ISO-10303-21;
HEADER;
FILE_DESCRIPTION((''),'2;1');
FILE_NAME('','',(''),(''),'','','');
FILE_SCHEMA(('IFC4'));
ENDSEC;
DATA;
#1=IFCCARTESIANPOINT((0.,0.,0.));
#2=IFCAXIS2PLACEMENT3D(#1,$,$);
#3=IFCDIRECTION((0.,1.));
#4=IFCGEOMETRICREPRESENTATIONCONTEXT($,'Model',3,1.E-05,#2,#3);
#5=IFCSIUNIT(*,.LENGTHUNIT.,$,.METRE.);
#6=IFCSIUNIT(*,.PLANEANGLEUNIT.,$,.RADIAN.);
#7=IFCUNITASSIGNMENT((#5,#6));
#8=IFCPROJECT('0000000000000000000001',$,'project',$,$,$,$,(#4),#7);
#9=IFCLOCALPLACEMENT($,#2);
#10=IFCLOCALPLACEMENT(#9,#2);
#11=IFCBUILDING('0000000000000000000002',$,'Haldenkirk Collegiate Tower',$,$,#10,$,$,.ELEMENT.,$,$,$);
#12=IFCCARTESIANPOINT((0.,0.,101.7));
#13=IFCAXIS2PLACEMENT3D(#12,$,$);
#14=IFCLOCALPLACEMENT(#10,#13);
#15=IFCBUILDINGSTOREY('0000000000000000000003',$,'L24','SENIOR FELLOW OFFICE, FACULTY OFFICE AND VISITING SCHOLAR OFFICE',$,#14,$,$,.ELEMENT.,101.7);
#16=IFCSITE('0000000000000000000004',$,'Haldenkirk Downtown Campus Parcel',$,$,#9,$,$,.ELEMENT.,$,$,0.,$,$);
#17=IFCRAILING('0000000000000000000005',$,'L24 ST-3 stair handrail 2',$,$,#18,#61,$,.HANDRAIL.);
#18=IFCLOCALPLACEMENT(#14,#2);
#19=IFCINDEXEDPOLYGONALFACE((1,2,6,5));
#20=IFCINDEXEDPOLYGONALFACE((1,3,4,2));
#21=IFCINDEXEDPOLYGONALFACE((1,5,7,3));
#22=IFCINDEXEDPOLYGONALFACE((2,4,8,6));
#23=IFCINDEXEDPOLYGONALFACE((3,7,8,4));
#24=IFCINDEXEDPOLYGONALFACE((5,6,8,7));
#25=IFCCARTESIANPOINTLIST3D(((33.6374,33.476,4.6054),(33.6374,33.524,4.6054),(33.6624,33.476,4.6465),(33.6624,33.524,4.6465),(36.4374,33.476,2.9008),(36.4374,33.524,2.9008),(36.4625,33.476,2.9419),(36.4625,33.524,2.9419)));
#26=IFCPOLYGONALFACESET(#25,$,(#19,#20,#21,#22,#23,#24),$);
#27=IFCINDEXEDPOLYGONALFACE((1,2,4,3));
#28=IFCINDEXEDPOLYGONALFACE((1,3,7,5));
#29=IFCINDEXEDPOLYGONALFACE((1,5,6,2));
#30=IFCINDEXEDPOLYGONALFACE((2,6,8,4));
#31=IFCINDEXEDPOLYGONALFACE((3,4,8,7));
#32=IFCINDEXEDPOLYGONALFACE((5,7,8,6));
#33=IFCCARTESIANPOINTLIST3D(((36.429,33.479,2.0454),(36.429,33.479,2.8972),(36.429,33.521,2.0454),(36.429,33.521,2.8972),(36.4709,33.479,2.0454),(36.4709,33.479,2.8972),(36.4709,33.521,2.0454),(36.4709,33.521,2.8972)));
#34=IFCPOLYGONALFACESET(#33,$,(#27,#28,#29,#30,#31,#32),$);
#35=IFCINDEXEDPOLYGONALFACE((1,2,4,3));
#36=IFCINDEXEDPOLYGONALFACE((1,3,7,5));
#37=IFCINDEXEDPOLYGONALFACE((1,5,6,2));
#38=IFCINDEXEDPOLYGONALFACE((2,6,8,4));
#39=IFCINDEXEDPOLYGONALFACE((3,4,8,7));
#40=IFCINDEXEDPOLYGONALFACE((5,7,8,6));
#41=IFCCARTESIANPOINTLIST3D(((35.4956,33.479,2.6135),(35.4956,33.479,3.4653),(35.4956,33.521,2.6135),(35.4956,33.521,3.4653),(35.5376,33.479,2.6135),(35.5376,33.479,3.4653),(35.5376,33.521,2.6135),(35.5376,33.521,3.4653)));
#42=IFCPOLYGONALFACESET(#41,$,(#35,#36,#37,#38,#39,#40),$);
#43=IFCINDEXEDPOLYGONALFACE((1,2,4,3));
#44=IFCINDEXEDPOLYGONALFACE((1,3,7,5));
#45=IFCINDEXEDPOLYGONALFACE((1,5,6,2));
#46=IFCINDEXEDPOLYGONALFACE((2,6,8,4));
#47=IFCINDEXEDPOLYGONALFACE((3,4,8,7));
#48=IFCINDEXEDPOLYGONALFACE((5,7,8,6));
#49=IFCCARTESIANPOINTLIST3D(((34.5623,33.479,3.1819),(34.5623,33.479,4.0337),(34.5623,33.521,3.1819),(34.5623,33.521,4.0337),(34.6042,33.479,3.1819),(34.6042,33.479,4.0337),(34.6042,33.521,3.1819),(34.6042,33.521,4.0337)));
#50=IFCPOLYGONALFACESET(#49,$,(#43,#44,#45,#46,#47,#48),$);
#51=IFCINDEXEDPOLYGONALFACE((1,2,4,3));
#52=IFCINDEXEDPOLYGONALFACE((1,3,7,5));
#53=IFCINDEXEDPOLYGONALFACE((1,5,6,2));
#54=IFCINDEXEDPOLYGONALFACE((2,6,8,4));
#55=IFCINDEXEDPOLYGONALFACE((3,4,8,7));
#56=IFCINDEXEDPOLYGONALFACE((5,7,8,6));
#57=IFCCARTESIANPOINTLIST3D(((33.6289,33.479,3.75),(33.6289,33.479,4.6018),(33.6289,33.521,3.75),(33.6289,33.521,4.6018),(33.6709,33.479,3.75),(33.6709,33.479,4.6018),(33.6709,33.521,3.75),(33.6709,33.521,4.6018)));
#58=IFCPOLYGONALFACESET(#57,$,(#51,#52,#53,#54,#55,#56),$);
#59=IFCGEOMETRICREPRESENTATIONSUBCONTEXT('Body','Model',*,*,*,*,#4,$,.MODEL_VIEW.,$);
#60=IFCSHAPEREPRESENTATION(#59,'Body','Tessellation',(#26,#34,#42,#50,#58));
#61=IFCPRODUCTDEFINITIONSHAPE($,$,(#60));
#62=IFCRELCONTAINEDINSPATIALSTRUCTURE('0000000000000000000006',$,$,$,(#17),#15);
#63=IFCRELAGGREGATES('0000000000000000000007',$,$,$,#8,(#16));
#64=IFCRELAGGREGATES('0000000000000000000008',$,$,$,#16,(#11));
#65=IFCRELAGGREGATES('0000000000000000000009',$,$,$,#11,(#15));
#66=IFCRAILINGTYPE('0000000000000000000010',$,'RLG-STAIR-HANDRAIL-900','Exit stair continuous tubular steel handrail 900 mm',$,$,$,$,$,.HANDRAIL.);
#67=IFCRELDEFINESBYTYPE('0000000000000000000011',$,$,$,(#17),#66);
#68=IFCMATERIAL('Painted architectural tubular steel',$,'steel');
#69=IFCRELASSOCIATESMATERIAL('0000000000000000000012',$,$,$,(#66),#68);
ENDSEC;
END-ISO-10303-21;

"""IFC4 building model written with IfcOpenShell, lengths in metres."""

from ifc_helpers import new_model, si_unit, direction, frame, origin, origin_2d, place, context, subcontext, project, spatial, rectangle, extrude, material, type_object, element, save


model = new_model("IFC4")

# Units and contexts
model_context = context("Model", 3, precision=1e-05, world=origin(), true_north=direction((0.0, 1.0)))
body_context = subcontext(model_context, "Body", "Model", "MODEL_VIEW")
ifc_project = project(units=[si_unit("LENGTHUNIT", "METRE"), si_unit("PLANEANGLEUNIT", "RADIAN")], contexts=[model_context])

# Site, building, storey
site_placement = place(None, origin())
site = spatial("IfcSite", under=ifc_project, at=site_placement, Name="Haldenkirk Downtown Campus Parcel", CompositionType="ELEMENT", RefElevation=0.0)
building_placement = place(site_placement, origin())
building = spatial("IfcBuilding", under=site, at=building_placement, Name="Haldenkirk Collegiate Tower", CompositionType="ELEMENT")
storey_placement = place(building_placement, frame((0.0, 0.0, 101.7)))
storey = spatial("IfcBuildingStorey", under=building, at=storey_placement, Name="L24", Description="SENIOR FELLOW OFFICE, FACULTY OFFICE AND VISITING SCHOLAR OFFICE", CompositionType="ELEMENT", Elevation=101.7)

# Railing
ifc_material_1 = material(Name="Painted architectural tubular steel", Category="steel")
railing_type_1 = type_object("IfcRailingType", Name="RLG-STAIR-HANDRAIL-900", Description="Exit stair continuous tubular steel handrail 900 mm", PredefinedType="HANDRAIL", material=ifc_material_1)
railing_1_placement = place(storey_placement, frame((36.45, 33.5, 2.0454)))
element("IfcRailing", 1, at=railing_1_placement, inside=storey, type_object=railing_type_1, Name="L24 ST-3 stair handrail 2", PredefinedType="HANDRAIL", context=body_context, shape_type="SweptSolid", body=[
    extrude(rectangle(XDim=0.0481, YDim=0.0481, at=origin_2d()), frame((0.0, 0.0, 0.876), z_axis=(-0.85417, 0.0, 0.519994), x_axis=(0.0, -1.0, 0.0)), (0.0, 0.0, 1.0), 3.2781),
    extrude(rectangle(XDim=0.042, YDim=0.042, at=origin_2d()), origin(), (0.0, 0.0, 1.0), 0.8518),
    extrude(rectangle(XDim=0.042, YDim=0.042, at=origin_2d()), frame((-0.9333, 0.0, 0.5681)), (0.0, 0.0, 1.0), 0.8518),
    extrude(rectangle(XDim=0.042, YDim=0.042, at=origin_2d()), frame((-1.8667, 0.0, 1.1365)), (0.0, 0.0, 1.0), 0.8518),
    extrude(rectangle(XDim=0.042, YDim=0.042, at=origin_2d()), frame((-2.8, 0.0, 1.7046)), (0.0, 0.0, 1.0), 0.8518),
])

save(model, "model.ifc")
